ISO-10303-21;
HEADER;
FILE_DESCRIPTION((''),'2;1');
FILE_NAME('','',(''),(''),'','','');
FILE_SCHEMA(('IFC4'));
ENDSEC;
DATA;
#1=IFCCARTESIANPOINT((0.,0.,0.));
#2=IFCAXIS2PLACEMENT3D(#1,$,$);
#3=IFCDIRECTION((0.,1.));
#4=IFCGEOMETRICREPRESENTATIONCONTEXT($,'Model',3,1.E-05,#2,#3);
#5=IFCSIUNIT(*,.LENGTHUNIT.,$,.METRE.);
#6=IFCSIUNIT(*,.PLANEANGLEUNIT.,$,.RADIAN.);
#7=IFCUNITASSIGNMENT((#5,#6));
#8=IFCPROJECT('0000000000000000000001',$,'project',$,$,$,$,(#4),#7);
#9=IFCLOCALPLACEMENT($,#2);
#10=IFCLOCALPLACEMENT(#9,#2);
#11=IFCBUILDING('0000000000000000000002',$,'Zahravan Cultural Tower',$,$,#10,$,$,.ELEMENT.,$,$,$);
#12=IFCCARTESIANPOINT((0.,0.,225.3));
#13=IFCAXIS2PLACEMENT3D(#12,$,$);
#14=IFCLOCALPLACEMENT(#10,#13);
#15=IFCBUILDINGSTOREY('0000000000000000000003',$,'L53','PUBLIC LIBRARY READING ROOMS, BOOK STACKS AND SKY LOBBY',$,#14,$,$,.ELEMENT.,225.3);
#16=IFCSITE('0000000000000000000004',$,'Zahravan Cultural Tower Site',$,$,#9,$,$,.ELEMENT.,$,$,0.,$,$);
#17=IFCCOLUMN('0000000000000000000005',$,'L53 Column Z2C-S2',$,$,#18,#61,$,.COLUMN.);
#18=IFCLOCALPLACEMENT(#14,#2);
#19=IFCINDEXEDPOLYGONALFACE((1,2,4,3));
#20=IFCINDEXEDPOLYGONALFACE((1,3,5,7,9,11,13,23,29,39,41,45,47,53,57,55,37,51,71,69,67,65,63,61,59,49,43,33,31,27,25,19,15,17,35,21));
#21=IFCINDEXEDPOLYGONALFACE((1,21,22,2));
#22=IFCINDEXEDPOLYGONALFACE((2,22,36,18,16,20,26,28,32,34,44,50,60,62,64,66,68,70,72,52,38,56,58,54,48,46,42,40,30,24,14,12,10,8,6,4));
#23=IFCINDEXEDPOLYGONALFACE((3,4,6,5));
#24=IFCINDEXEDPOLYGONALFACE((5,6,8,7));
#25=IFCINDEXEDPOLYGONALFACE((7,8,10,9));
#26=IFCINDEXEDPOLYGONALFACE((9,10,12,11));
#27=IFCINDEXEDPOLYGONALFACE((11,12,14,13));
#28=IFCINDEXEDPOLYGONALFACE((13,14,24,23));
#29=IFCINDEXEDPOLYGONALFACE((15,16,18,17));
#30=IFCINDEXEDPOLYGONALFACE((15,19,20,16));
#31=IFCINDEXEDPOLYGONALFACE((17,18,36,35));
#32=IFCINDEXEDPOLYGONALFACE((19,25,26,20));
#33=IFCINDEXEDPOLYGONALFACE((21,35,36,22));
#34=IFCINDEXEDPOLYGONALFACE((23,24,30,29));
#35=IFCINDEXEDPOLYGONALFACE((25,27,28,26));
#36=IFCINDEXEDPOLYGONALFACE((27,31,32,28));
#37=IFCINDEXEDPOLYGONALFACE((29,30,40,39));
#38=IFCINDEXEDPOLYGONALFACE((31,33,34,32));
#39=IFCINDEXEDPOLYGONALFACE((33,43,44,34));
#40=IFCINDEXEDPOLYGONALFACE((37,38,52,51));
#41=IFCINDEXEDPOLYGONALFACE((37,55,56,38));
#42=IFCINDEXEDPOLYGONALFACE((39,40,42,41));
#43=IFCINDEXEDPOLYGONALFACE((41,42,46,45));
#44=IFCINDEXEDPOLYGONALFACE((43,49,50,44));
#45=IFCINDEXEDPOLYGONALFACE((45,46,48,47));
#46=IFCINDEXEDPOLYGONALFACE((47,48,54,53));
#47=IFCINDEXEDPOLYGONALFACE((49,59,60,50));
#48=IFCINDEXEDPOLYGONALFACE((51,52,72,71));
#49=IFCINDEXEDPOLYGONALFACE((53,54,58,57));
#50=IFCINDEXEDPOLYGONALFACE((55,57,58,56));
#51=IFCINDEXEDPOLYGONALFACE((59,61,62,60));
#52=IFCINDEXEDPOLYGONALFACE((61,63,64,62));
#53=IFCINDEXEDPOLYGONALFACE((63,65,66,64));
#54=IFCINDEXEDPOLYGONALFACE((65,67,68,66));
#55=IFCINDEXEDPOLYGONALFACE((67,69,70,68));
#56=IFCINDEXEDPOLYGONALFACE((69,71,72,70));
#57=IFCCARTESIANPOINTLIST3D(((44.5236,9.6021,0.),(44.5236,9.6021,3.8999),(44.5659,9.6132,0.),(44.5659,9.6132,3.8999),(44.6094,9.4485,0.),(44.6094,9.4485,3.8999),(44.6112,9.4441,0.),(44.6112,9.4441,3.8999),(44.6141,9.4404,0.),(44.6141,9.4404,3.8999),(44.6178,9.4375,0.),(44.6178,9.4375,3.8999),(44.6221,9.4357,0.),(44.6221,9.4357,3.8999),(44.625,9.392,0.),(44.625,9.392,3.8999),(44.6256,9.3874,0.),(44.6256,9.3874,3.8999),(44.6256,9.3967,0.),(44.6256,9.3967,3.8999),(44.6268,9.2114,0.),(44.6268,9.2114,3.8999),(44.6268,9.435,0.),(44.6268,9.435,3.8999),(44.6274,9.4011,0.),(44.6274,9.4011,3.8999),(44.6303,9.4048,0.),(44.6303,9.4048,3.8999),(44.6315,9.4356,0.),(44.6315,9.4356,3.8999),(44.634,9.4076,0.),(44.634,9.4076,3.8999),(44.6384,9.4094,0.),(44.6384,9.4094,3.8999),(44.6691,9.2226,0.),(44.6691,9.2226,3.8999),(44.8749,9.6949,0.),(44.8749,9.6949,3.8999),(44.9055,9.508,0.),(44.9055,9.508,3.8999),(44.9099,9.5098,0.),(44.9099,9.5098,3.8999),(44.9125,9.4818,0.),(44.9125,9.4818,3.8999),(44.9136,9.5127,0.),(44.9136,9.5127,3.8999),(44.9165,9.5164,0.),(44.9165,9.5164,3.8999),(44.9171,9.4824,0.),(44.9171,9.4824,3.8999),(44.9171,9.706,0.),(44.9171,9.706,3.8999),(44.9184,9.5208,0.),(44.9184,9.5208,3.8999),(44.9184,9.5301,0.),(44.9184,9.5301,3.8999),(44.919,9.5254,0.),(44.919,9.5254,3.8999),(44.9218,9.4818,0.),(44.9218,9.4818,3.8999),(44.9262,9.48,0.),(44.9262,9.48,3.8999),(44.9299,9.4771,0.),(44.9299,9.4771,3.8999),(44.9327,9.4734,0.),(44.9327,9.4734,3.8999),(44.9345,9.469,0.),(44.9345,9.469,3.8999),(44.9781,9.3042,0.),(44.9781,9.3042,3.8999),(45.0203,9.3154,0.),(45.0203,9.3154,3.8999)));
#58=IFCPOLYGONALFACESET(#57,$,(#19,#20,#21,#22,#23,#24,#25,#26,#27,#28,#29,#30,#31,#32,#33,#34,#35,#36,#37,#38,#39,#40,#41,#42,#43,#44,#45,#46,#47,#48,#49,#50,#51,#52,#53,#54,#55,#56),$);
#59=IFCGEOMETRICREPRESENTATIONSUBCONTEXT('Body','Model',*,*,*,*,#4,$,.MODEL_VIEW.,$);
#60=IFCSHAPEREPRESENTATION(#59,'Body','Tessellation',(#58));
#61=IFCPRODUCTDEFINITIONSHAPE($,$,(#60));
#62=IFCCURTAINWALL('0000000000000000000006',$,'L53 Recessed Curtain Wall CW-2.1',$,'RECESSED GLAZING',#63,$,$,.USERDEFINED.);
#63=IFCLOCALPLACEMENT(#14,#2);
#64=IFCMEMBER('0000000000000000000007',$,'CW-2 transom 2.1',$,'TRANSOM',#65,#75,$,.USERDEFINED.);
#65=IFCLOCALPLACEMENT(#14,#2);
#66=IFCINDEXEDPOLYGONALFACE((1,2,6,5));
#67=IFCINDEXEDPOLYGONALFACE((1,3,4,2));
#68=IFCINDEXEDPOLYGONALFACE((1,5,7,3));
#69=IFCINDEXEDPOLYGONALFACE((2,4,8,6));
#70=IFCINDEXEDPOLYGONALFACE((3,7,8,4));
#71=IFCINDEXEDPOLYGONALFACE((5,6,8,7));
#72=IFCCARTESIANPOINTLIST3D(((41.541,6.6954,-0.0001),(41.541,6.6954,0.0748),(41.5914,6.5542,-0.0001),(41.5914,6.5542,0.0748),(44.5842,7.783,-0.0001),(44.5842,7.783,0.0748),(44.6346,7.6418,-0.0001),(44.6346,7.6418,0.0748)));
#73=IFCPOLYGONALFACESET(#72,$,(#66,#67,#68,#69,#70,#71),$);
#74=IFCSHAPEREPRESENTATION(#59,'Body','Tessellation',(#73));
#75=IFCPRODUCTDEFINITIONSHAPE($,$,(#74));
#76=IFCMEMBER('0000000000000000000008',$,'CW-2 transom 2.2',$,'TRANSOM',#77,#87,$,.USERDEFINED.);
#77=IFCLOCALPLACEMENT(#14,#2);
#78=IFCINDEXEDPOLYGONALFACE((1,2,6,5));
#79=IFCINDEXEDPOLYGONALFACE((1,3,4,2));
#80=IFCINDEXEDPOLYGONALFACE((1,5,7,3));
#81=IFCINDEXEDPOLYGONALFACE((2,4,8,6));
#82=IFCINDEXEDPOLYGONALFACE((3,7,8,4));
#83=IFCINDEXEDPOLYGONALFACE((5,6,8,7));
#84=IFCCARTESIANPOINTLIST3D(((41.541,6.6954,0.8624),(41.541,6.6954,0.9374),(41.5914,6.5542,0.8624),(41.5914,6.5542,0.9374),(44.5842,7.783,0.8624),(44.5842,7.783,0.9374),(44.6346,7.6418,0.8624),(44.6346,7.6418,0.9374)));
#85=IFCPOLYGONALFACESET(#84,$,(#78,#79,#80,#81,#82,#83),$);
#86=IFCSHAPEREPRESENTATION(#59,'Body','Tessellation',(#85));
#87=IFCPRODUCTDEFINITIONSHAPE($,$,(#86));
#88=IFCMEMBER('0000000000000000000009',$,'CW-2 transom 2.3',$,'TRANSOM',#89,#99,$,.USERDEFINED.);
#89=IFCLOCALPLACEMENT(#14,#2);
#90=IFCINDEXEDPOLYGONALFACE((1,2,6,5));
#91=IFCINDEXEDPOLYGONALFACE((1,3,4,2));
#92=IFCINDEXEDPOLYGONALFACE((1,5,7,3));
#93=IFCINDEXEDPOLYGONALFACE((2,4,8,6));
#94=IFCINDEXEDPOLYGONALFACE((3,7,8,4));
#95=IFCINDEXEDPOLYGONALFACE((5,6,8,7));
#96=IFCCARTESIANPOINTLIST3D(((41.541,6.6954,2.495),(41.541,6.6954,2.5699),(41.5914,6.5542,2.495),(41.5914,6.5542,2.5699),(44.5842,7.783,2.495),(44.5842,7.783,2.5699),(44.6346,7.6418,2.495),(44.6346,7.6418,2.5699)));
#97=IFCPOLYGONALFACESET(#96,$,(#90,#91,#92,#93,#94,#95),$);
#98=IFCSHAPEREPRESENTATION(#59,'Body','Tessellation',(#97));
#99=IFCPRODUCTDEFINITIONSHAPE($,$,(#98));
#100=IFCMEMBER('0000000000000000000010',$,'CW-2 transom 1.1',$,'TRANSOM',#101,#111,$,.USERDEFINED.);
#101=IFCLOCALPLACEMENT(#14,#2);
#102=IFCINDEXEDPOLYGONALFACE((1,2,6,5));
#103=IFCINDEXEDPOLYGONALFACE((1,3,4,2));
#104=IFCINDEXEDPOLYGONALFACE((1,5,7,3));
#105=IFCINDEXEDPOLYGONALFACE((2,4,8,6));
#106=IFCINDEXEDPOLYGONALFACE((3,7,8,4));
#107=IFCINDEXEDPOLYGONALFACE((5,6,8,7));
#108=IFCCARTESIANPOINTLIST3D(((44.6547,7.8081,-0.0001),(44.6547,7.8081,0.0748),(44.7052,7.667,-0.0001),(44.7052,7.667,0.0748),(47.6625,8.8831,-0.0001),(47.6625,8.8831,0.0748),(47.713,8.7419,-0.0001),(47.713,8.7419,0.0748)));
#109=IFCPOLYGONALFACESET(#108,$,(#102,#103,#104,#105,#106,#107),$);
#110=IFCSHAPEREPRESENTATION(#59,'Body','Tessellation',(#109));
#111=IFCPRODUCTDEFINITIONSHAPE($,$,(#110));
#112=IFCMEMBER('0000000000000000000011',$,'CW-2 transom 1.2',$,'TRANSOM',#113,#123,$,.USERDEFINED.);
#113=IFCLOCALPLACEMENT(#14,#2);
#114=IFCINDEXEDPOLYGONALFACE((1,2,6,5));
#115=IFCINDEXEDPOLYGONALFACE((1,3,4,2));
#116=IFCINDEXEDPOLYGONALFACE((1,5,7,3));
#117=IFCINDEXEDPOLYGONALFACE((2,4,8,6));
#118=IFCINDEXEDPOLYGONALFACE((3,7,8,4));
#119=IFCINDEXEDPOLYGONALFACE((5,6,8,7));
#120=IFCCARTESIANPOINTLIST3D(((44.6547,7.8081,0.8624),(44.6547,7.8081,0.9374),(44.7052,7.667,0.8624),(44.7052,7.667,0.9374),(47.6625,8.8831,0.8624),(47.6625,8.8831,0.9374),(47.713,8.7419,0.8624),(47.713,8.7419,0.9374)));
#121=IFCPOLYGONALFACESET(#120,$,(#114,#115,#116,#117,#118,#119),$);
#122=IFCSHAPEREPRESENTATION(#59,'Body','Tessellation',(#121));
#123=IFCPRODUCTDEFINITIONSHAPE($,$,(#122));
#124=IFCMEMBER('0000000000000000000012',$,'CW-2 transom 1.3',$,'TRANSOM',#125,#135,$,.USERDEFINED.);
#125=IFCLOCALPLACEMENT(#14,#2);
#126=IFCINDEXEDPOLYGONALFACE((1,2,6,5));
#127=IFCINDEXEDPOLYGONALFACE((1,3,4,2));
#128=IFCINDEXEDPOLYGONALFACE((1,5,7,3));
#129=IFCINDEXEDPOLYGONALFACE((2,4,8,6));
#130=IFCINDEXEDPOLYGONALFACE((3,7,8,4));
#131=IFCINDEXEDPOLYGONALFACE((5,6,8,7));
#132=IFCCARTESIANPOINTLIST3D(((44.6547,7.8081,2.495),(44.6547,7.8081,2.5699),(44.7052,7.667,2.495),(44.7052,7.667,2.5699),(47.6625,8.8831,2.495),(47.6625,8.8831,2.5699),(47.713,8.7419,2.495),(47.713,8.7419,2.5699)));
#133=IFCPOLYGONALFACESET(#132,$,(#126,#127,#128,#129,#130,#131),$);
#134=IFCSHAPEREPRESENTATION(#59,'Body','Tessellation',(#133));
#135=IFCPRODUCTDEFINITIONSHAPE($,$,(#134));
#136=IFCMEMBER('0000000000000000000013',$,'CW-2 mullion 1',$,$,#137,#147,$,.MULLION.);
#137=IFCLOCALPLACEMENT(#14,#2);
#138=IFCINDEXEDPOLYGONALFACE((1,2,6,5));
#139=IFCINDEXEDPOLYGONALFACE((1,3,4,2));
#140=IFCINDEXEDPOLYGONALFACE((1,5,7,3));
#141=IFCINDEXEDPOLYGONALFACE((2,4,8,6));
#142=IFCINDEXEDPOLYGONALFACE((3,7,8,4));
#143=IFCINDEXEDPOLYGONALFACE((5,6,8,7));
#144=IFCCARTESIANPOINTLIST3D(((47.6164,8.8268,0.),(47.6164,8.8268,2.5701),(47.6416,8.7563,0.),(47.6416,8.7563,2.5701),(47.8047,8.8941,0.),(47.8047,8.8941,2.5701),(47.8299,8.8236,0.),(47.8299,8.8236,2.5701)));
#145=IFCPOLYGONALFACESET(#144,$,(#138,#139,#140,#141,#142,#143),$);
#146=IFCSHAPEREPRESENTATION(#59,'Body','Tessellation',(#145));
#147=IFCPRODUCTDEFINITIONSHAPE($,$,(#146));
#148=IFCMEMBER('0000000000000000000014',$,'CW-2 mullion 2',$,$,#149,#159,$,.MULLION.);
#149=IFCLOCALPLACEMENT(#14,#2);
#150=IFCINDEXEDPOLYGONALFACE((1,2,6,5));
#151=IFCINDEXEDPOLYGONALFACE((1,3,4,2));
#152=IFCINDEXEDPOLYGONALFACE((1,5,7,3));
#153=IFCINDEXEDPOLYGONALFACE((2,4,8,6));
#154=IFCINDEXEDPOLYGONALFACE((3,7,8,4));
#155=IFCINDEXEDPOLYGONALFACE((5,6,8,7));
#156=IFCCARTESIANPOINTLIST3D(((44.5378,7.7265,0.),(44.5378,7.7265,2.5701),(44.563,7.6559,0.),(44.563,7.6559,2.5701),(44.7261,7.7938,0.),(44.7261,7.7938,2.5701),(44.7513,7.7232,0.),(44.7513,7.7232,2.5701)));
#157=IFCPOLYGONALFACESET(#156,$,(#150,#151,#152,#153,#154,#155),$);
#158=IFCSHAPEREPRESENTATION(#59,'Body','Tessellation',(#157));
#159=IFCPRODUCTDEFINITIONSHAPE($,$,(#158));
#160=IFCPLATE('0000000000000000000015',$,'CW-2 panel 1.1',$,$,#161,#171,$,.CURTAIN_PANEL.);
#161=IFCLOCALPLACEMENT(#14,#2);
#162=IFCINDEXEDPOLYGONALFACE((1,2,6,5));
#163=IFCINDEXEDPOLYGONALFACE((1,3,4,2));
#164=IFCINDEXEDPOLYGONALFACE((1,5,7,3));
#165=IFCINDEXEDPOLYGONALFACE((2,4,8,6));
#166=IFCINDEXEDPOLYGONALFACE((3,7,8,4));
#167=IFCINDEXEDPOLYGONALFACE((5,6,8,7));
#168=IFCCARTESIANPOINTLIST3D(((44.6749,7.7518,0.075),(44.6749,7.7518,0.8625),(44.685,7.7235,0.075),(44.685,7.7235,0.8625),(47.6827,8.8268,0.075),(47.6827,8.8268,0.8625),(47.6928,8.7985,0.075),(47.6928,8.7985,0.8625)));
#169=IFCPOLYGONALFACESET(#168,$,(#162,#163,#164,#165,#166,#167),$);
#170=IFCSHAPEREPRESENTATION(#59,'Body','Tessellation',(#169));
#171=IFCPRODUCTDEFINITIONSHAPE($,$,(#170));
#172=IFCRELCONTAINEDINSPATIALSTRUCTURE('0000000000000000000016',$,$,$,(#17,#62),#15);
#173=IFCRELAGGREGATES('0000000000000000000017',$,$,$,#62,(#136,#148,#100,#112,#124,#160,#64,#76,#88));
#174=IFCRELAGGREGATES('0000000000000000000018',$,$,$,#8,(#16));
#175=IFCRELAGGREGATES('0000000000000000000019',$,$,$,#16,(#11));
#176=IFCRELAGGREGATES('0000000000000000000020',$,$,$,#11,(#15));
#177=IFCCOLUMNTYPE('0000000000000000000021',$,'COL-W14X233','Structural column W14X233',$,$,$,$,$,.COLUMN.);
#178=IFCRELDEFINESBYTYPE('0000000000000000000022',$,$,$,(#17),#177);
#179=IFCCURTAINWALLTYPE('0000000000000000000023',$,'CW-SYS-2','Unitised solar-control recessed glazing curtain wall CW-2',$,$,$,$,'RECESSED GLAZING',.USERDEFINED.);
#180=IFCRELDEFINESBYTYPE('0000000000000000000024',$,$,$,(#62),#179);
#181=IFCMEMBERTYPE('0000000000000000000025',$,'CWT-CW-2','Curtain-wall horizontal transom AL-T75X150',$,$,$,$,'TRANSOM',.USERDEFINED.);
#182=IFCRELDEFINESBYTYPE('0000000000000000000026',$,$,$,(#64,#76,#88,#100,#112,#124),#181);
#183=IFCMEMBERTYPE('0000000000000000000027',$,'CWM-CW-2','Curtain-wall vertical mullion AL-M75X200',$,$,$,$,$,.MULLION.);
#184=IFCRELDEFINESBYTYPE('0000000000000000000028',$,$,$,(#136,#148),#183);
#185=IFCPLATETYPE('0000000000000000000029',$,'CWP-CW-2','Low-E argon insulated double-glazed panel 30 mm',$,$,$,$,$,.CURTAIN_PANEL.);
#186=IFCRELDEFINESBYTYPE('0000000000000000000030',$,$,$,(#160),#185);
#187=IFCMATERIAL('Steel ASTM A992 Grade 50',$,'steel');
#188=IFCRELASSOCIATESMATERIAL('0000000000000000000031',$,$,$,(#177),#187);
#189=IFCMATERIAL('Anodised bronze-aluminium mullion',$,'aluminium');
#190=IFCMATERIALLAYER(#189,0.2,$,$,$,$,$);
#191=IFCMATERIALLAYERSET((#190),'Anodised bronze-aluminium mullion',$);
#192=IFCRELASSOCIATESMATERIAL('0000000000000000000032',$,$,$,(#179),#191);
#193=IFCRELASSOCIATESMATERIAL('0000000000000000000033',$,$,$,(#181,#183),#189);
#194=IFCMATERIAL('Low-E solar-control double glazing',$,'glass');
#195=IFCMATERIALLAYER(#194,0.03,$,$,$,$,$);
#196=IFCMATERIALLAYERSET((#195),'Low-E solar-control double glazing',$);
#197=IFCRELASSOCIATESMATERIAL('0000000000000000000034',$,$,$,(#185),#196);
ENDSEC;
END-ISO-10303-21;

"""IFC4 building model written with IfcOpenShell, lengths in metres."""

from ifc_helpers import new_model, si_unit, direction, frame, origin, origin_2d, place, context, subcontext, project, spatial, rectangle, i_section, extrude, source, transform, mapped, material, layer, layer_set, material_profile, profile_set, type_object, element, aggregate, save


model = new_model("IFC4")

# Units and contexts
model_context = context("Model", 3, precision=1e-05, world=origin(), true_north=direction((0.0, 1.0)))
body_context = subcontext(model_context, "Body", "Model", "MODEL_VIEW")
ifc_project = project(units=[si_unit("LENGTHUNIT", "METRE"), si_unit("PLANEANGLEUNIT", "RADIAN")], contexts=[model_context])

# Site, building, storey
site_placement = place(None, origin())
site = spatial("IfcSite", under=ifc_project, at=site_placement, Name="Zahravan Cultural Tower Site", CompositionType="ELEMENT", RefElevation=0.0)
building_placement = place(site_placement, origin())
building = spatial("IfcBuilding", under=site, at=building_placement, Name="Zahravan Cultural Tower", CompositionType="ELEMENT")
storey_placement = place(building_placement, frame((0.0, 0.0, 225.3)))
storey = spatial("IfcBuildingStorey", under=building, at=storey_placement, Name="L53", Description="PUBLIC LIBRARY READING ROOMS, BOOK STACKS AND SKY LOBBY", CompositionType="ELEMENT", Elevation=225.3)

# Column
ifc_material_1 = material(Name="Steel ASTM A992 Grade 50", Category="steel")
ifc_material_profile_1 = material_profile(ifc_material_1, i_section(OverallWidth=0.4041, OverallDepth=0.407, WebThickness=0.0271, FlangeThickness=0.0437, FilletRadius=0.0181, at=origin_2d()), Name="W14X233")
ifc_profile_set_1 = profile_set([ifc_material_profile_1], Name="Steel ASTM A992 Grade 50")
column_type = type_object("IfcColumnType", Name="COL-W14X233", Description="Structural column W14X233", PredefinedType="COLUMN", material=ifc_profile_set_1)
shared_shape_1 = source(origin(), body_context, "Body", "SweptSolid", [
    extrude(i_section(OverallWidth=0.4041, OverallDepth=0.407, WebThickness=0.0271, FlangeThickness=0.0437, FilletRadius=0.0181, at=origin_2d()), origin(), (0.0, 0.0, 1.0), 3.8999),
])
column_placement = place(storey_placement, frame((44.772, 9.4587, 0.0), z_axis=(0.0, 0.0, 1.0), x_axis=(-0.255446, 0.966823, 0.0)))
element("IfcColumn", 1, at=column_placement, inside=storey, type_object=column_type, Name="L53 Column Z2C-S2", PredefinedType="COLUMN", context=body_context, shape_type="MappedRepresentation", body=[
    mapped(shared_shape_1, transform((0.0, 0.0, 0.0), x_axis=(1.0, 0.0, 0.0), y_axis=(0.0, 1.0, 0.0), z_axis=(0.0, 0.0, 1.0), scale=1.0)),
])

# Curtain wall, members, plate
ifc_material_2 = material(Name="Anodised bronze-aluminium mullion", Category="aluminium")
ifc_layer_1 = layer(ifc_material_2, 0.2)
ifc_layer_set_1 = layer_set([ifc_layer_1], Name="Anodised bronze-aluminium mullion")
curtain_wall_type = type_object("IfcCurtainWallType", Name="CW-SYS-2", Description="Unitised solar-control recessed glazing curtain wall CW-2", ElementType="RECESSED GLAZING", PredefinedType="USERDEFINED", material=ifc_layer_set_1)
curtain_wall_placement = place(storey_placement, origin())
curtain_wall = element("IfcCurtainWall", 2, at=curtain_wall_placement, inside=storey, type_object=curtain_wall_type, Name="L53 Recessed Curtain Wall CW-2.1", ObjectType="RECESSED GLAZING", PredefinedType="USERDEFINED")
ifc_material_profile_2 = material_profile(ifc_material_2, rectangle(XDim=0.1499, YDim=0.075, at=origin_2d()), Name="AL-T75X150")
ifc_profile_set_2 = profile_set([ifc_material_profile_2], Name="Anodised bronze-aluminium mullion")
member_type_1 = type_object("IfcMemberType", Name="CWT-CW-2", Description="Curtain-wall horizontal transom AL-T75X150", ElementType="TRANSOM", PredefinedType="USERDEFINED", material=ifc_profile_set_2)
shared_shape_2 = source(origin(), body_context, "Body", "SweptSolid", [
    extrude(rectangle(XDim=0.1499, YDim=0.075, at=origin_2d()), origin(), (0.0, 0.0, 1.0), 3.2317),
])
member_1_placement = place(storey_placement, frame((44.6094, 7.7124, 0.0374), z_axis=(-0.941665, -0.336552, 0.0), x_axis=(0.336552, -0.941665, 0.0)))
member_1 = element("IfcMember", 3, at=member_1_placement, type_object=member_type_1, Name="CW-2 transom 2.1", ObjectType="TRANSOM", PredefinedType="USERDEFINED", context=body_context, shape_type="MappedRepresentation", body=[
    mapped(shared_shape_2, transform((0.0, 0.0, 0.0), x_axis=(1.0, 0.0, 0.0), y_axis=(0.0, 1.0, 0.0), z_axis=(0.0, 0.0, 1.0), scale=1.0)),
])
member_2_placement = place(storey_placement, frame((44.6094, 7.7124, 0.8999), z_axis=(-0.941665, -0.336552, 0.0), x_axis=(0.336552, -0.941665, 0.0)))
member_2 = element("IfcMember", 4, at=member_2_placement, type_object=member_type_1, Name="CW-2 transom 2.2", ObjectType="TRANSOM", PredefinedType="USERDEFINED", context=body_context, shape_type="MappedRepresentation", body=[
    mapped(shared_shape_2, transform((0.0, 0.0, 0.0), x_axis=(1.0, 0.0, 0.0), y_axis=(0.0, 1.0, 0.0), z_axis=(0.0, 0.0, 1.0), scale=1.0)),
])
member_3_placement = place(storey_placement, frame((44.6094, 7.7124, 2.5325), z_axis=(-0.941665, -0.336552, 0.0), x_axis=(0.336552, -0.941665, 0.0)))
member_3 = element("IfcMember", 5, at=member_3_placement, type_object=member_type_1, Name="CW-2 transom 2.3", ObjectType="TRANSOM", PredefinedType="USERDEFINED", context=body_context, shape_type="MappedRepresentation", body=[
    mapped(shared_shape_2, transform((0.0, 0.0, 0.0), x_axis=(1.0, 0.0, 0.0), y_axis=(0.0, 1.0, 0.0), z_axis=(0.0, 0.0, 1.0), scale=1.0)),
])
shared_shape_3 = source(origin(), body_context, "Body", "SweptSolid", [
    extrude(rectangle(XDim=0.1499, YDim=0.075, at=origin_2d()), origin(), (0.0, 0.0, 1.0), 3.1941),
])
member_4_placement = place(storey_placement, frame((47.6877, 8.8125, 0.0374), z_axis=(-0.941669, -0.33654, 0.0), x_axis=(0.33654, -0.941669, 0.0)))
member_4 = element("IfcMember", 6, at=member_4_placement, type_object=member_type_1, Name="CW-2 transom 1.1", ObjectType="TRANSOM", PredefinedType="USERDEFINED", context=body_context, shape_type="MappedRepresentation", body=[
    mapped(shared_shape_3, transform((0.0, 0.0, 0.0), x_axis=(1.0, 0.0, 0.0), y_axis=(0.0, 1.0, 0.0), z_axis=(0.0, 0.0, 1.0), scale=1.0)),
])
member_5_placement = place(storey_placement, frame((47.6877, 8.8125, 0.8999), z_axis=(-0.941669, -0.33654, 0.0), x_axis=(0.33654, -0.941669, 0.0)))
member_5 = element("IfcMember", 7, at=member_5_placement, type_object=member_type_1, Name="CW-2 transom 1.2", ObjectType="TRANSOM", PredefinedType="USERDEFINED", context=body_context, shape_type="MappedRepresentation", body=[
    mapped(shared_shape_3, transform((0.0, 0.0, 0.0), x_axis=(1.0, 0.0, 0.0), y_axis=(0.0, 1.0, 0.0), z_axis=(0.0, 0.0, 1.0), scale=1.0)),
])
member_6_placement = place(storey_placement, frame((47.6877, 8.8125, 2.5325), z_axis=(-0.941669, -0.33654, 0.0), x_axis=(0.33654, -0.941669, 0.0)))
member_6 = element("IfcMember", 8, at=member_6_placement, type_object=member_type_1, Name="CW-2 transom 1.3", ObjectType="TRANSOM", PredefinedType="USERDEFINED", context=body_context, shape_type="MappedRepresentation", body=[
    mapped(shared_shape_3, transform((0.0, 0.0, 0.0), x_axis=(1.0, 0.0, 0.0), y_axis=(0.0, 1.0, 0.0), z_axis=(0.0, 0.0, 1.0), scale=1.0)),
])
ifc_material_profile_3 = material_profile(ifc_material_2, rectangle(XDim=0.075, YDim=0.2, at=origin_2d()), Name="AL-M75X200")
ifc_profile_set_3 = profile_set([ifc_material_profile_3], Name="Anodised bronze-aluminium mullion")
member_type_2 = type_object("IfcMemberType", Name="CWM-CW-2", Description="Curtain-wall vertical mullion AL-M75X200", PredefinedType="MULLION", material=ifc_profile_set_3)
shared_shape_4 = source(origin(), body_context, "Body", "SweptSolid", [
    extrude(rectangle(XDim=0.075, YDim=0.2, at=origin_2d()), origin(), (0.0, 0.0, 1.0), 2.5701),
])
member_7_placement = place(storey_placement, frame((47.7231, 8.8252, 0.0), z_axis=(0.0, 0.0, 1.0), x_axis=(0.336541, -0.941669, 0.0)))
member_7 = element("IfcMember", 9, at=member_7_placement, type_object=member_type_2, Name="CW-2 mullion 1", PredefinedType="MULLION", context=body_context, shape_type="MappedRepresentation", body=[
    mapped(shared_shape_4, transform((0.0, 0.0, 0.0), x_axis=(1.0, 0.0, 0.0), y_axis=(0.0, 1.0, 0.0), z_axis=(0.0, 0.0, 1.0), scale=1.0)),
])
member_8_placement = place(storey_placement, frame((44.6445, 7.7249, 0.0), z_axis=(0.0, 0.0, 1.0), x_axis=(0.336541, -0.941669, 0.0)))
member_8 = element("IfcMember", 10, at=member_8_placement, type_object=member_type_2, Name="CW-2 mullion 2", PredefinedType="MULLION", context=body_context, shape_type="MappedRepresentation", body=[
    mapped(shared_shape_4, transform((0.0, 0.0, 0.0), x_axis=(1.0, 0.0, 0.0), y_axis=(0.0, 1.0, 0.0), z_axis=(0.0, 0.0, 1.0), scale=1.0)),
])
ifc_material_3 = material(Name="Low-E solar-control double glazing", Category="glass")
ifc_layer_2 = layer(ifc_material_3, 0.03)
ifc_layer_set_2 = layer_set([ifc_layer_2], Name="Low-E solar-control double glazing")
plate_type = type_object("IfcPlateType", Name="CWP-CW-2", Description="Low-E argon insulated double-glazed panel 30 mm", PredefinedType="CURTAIN_PANEL", material=ifc_layer_set_2)
shared_shape_5 = source(origin(), body_context, "Body", "SweptSolid", [
    extrude(rectangle(XDim=3.1941, YDim=0.03, at=origin_2d()), origin(), (0.0, 0.0, 1.0), 0.7876),
])
plate_1_placement = place(storey_placement, frame((46.1838, 8.2751, 0.075), z_axis=(0.0, 0.0, 1.0), x_axis=(-0.941669, -0.336541, 0.0)))
plate_1 = element("IfcPlate", 11, at=plate_1_placement, type_object=plate_type, Name="CW-2 panel 1.1", PredefinedType="CURTAIN_PANEL", context=body_context, shape_type="MappedRepresentation", body=[
    mapped(shared_shape_5, transform((0.0, 0.0, 0.0), x_axis=(1.0, 0.0, 0.0), y_axis=(0.0, 1.0, 0.0), z_axis=(0.0, 0.0, 1.0), scale=1.0)),
])
aggregate(curtain_wall, [member_7, member_8, member_4, member_5, member_6, plate_1, member_1, member_2, member_3])

save(model, "model.ifc")
